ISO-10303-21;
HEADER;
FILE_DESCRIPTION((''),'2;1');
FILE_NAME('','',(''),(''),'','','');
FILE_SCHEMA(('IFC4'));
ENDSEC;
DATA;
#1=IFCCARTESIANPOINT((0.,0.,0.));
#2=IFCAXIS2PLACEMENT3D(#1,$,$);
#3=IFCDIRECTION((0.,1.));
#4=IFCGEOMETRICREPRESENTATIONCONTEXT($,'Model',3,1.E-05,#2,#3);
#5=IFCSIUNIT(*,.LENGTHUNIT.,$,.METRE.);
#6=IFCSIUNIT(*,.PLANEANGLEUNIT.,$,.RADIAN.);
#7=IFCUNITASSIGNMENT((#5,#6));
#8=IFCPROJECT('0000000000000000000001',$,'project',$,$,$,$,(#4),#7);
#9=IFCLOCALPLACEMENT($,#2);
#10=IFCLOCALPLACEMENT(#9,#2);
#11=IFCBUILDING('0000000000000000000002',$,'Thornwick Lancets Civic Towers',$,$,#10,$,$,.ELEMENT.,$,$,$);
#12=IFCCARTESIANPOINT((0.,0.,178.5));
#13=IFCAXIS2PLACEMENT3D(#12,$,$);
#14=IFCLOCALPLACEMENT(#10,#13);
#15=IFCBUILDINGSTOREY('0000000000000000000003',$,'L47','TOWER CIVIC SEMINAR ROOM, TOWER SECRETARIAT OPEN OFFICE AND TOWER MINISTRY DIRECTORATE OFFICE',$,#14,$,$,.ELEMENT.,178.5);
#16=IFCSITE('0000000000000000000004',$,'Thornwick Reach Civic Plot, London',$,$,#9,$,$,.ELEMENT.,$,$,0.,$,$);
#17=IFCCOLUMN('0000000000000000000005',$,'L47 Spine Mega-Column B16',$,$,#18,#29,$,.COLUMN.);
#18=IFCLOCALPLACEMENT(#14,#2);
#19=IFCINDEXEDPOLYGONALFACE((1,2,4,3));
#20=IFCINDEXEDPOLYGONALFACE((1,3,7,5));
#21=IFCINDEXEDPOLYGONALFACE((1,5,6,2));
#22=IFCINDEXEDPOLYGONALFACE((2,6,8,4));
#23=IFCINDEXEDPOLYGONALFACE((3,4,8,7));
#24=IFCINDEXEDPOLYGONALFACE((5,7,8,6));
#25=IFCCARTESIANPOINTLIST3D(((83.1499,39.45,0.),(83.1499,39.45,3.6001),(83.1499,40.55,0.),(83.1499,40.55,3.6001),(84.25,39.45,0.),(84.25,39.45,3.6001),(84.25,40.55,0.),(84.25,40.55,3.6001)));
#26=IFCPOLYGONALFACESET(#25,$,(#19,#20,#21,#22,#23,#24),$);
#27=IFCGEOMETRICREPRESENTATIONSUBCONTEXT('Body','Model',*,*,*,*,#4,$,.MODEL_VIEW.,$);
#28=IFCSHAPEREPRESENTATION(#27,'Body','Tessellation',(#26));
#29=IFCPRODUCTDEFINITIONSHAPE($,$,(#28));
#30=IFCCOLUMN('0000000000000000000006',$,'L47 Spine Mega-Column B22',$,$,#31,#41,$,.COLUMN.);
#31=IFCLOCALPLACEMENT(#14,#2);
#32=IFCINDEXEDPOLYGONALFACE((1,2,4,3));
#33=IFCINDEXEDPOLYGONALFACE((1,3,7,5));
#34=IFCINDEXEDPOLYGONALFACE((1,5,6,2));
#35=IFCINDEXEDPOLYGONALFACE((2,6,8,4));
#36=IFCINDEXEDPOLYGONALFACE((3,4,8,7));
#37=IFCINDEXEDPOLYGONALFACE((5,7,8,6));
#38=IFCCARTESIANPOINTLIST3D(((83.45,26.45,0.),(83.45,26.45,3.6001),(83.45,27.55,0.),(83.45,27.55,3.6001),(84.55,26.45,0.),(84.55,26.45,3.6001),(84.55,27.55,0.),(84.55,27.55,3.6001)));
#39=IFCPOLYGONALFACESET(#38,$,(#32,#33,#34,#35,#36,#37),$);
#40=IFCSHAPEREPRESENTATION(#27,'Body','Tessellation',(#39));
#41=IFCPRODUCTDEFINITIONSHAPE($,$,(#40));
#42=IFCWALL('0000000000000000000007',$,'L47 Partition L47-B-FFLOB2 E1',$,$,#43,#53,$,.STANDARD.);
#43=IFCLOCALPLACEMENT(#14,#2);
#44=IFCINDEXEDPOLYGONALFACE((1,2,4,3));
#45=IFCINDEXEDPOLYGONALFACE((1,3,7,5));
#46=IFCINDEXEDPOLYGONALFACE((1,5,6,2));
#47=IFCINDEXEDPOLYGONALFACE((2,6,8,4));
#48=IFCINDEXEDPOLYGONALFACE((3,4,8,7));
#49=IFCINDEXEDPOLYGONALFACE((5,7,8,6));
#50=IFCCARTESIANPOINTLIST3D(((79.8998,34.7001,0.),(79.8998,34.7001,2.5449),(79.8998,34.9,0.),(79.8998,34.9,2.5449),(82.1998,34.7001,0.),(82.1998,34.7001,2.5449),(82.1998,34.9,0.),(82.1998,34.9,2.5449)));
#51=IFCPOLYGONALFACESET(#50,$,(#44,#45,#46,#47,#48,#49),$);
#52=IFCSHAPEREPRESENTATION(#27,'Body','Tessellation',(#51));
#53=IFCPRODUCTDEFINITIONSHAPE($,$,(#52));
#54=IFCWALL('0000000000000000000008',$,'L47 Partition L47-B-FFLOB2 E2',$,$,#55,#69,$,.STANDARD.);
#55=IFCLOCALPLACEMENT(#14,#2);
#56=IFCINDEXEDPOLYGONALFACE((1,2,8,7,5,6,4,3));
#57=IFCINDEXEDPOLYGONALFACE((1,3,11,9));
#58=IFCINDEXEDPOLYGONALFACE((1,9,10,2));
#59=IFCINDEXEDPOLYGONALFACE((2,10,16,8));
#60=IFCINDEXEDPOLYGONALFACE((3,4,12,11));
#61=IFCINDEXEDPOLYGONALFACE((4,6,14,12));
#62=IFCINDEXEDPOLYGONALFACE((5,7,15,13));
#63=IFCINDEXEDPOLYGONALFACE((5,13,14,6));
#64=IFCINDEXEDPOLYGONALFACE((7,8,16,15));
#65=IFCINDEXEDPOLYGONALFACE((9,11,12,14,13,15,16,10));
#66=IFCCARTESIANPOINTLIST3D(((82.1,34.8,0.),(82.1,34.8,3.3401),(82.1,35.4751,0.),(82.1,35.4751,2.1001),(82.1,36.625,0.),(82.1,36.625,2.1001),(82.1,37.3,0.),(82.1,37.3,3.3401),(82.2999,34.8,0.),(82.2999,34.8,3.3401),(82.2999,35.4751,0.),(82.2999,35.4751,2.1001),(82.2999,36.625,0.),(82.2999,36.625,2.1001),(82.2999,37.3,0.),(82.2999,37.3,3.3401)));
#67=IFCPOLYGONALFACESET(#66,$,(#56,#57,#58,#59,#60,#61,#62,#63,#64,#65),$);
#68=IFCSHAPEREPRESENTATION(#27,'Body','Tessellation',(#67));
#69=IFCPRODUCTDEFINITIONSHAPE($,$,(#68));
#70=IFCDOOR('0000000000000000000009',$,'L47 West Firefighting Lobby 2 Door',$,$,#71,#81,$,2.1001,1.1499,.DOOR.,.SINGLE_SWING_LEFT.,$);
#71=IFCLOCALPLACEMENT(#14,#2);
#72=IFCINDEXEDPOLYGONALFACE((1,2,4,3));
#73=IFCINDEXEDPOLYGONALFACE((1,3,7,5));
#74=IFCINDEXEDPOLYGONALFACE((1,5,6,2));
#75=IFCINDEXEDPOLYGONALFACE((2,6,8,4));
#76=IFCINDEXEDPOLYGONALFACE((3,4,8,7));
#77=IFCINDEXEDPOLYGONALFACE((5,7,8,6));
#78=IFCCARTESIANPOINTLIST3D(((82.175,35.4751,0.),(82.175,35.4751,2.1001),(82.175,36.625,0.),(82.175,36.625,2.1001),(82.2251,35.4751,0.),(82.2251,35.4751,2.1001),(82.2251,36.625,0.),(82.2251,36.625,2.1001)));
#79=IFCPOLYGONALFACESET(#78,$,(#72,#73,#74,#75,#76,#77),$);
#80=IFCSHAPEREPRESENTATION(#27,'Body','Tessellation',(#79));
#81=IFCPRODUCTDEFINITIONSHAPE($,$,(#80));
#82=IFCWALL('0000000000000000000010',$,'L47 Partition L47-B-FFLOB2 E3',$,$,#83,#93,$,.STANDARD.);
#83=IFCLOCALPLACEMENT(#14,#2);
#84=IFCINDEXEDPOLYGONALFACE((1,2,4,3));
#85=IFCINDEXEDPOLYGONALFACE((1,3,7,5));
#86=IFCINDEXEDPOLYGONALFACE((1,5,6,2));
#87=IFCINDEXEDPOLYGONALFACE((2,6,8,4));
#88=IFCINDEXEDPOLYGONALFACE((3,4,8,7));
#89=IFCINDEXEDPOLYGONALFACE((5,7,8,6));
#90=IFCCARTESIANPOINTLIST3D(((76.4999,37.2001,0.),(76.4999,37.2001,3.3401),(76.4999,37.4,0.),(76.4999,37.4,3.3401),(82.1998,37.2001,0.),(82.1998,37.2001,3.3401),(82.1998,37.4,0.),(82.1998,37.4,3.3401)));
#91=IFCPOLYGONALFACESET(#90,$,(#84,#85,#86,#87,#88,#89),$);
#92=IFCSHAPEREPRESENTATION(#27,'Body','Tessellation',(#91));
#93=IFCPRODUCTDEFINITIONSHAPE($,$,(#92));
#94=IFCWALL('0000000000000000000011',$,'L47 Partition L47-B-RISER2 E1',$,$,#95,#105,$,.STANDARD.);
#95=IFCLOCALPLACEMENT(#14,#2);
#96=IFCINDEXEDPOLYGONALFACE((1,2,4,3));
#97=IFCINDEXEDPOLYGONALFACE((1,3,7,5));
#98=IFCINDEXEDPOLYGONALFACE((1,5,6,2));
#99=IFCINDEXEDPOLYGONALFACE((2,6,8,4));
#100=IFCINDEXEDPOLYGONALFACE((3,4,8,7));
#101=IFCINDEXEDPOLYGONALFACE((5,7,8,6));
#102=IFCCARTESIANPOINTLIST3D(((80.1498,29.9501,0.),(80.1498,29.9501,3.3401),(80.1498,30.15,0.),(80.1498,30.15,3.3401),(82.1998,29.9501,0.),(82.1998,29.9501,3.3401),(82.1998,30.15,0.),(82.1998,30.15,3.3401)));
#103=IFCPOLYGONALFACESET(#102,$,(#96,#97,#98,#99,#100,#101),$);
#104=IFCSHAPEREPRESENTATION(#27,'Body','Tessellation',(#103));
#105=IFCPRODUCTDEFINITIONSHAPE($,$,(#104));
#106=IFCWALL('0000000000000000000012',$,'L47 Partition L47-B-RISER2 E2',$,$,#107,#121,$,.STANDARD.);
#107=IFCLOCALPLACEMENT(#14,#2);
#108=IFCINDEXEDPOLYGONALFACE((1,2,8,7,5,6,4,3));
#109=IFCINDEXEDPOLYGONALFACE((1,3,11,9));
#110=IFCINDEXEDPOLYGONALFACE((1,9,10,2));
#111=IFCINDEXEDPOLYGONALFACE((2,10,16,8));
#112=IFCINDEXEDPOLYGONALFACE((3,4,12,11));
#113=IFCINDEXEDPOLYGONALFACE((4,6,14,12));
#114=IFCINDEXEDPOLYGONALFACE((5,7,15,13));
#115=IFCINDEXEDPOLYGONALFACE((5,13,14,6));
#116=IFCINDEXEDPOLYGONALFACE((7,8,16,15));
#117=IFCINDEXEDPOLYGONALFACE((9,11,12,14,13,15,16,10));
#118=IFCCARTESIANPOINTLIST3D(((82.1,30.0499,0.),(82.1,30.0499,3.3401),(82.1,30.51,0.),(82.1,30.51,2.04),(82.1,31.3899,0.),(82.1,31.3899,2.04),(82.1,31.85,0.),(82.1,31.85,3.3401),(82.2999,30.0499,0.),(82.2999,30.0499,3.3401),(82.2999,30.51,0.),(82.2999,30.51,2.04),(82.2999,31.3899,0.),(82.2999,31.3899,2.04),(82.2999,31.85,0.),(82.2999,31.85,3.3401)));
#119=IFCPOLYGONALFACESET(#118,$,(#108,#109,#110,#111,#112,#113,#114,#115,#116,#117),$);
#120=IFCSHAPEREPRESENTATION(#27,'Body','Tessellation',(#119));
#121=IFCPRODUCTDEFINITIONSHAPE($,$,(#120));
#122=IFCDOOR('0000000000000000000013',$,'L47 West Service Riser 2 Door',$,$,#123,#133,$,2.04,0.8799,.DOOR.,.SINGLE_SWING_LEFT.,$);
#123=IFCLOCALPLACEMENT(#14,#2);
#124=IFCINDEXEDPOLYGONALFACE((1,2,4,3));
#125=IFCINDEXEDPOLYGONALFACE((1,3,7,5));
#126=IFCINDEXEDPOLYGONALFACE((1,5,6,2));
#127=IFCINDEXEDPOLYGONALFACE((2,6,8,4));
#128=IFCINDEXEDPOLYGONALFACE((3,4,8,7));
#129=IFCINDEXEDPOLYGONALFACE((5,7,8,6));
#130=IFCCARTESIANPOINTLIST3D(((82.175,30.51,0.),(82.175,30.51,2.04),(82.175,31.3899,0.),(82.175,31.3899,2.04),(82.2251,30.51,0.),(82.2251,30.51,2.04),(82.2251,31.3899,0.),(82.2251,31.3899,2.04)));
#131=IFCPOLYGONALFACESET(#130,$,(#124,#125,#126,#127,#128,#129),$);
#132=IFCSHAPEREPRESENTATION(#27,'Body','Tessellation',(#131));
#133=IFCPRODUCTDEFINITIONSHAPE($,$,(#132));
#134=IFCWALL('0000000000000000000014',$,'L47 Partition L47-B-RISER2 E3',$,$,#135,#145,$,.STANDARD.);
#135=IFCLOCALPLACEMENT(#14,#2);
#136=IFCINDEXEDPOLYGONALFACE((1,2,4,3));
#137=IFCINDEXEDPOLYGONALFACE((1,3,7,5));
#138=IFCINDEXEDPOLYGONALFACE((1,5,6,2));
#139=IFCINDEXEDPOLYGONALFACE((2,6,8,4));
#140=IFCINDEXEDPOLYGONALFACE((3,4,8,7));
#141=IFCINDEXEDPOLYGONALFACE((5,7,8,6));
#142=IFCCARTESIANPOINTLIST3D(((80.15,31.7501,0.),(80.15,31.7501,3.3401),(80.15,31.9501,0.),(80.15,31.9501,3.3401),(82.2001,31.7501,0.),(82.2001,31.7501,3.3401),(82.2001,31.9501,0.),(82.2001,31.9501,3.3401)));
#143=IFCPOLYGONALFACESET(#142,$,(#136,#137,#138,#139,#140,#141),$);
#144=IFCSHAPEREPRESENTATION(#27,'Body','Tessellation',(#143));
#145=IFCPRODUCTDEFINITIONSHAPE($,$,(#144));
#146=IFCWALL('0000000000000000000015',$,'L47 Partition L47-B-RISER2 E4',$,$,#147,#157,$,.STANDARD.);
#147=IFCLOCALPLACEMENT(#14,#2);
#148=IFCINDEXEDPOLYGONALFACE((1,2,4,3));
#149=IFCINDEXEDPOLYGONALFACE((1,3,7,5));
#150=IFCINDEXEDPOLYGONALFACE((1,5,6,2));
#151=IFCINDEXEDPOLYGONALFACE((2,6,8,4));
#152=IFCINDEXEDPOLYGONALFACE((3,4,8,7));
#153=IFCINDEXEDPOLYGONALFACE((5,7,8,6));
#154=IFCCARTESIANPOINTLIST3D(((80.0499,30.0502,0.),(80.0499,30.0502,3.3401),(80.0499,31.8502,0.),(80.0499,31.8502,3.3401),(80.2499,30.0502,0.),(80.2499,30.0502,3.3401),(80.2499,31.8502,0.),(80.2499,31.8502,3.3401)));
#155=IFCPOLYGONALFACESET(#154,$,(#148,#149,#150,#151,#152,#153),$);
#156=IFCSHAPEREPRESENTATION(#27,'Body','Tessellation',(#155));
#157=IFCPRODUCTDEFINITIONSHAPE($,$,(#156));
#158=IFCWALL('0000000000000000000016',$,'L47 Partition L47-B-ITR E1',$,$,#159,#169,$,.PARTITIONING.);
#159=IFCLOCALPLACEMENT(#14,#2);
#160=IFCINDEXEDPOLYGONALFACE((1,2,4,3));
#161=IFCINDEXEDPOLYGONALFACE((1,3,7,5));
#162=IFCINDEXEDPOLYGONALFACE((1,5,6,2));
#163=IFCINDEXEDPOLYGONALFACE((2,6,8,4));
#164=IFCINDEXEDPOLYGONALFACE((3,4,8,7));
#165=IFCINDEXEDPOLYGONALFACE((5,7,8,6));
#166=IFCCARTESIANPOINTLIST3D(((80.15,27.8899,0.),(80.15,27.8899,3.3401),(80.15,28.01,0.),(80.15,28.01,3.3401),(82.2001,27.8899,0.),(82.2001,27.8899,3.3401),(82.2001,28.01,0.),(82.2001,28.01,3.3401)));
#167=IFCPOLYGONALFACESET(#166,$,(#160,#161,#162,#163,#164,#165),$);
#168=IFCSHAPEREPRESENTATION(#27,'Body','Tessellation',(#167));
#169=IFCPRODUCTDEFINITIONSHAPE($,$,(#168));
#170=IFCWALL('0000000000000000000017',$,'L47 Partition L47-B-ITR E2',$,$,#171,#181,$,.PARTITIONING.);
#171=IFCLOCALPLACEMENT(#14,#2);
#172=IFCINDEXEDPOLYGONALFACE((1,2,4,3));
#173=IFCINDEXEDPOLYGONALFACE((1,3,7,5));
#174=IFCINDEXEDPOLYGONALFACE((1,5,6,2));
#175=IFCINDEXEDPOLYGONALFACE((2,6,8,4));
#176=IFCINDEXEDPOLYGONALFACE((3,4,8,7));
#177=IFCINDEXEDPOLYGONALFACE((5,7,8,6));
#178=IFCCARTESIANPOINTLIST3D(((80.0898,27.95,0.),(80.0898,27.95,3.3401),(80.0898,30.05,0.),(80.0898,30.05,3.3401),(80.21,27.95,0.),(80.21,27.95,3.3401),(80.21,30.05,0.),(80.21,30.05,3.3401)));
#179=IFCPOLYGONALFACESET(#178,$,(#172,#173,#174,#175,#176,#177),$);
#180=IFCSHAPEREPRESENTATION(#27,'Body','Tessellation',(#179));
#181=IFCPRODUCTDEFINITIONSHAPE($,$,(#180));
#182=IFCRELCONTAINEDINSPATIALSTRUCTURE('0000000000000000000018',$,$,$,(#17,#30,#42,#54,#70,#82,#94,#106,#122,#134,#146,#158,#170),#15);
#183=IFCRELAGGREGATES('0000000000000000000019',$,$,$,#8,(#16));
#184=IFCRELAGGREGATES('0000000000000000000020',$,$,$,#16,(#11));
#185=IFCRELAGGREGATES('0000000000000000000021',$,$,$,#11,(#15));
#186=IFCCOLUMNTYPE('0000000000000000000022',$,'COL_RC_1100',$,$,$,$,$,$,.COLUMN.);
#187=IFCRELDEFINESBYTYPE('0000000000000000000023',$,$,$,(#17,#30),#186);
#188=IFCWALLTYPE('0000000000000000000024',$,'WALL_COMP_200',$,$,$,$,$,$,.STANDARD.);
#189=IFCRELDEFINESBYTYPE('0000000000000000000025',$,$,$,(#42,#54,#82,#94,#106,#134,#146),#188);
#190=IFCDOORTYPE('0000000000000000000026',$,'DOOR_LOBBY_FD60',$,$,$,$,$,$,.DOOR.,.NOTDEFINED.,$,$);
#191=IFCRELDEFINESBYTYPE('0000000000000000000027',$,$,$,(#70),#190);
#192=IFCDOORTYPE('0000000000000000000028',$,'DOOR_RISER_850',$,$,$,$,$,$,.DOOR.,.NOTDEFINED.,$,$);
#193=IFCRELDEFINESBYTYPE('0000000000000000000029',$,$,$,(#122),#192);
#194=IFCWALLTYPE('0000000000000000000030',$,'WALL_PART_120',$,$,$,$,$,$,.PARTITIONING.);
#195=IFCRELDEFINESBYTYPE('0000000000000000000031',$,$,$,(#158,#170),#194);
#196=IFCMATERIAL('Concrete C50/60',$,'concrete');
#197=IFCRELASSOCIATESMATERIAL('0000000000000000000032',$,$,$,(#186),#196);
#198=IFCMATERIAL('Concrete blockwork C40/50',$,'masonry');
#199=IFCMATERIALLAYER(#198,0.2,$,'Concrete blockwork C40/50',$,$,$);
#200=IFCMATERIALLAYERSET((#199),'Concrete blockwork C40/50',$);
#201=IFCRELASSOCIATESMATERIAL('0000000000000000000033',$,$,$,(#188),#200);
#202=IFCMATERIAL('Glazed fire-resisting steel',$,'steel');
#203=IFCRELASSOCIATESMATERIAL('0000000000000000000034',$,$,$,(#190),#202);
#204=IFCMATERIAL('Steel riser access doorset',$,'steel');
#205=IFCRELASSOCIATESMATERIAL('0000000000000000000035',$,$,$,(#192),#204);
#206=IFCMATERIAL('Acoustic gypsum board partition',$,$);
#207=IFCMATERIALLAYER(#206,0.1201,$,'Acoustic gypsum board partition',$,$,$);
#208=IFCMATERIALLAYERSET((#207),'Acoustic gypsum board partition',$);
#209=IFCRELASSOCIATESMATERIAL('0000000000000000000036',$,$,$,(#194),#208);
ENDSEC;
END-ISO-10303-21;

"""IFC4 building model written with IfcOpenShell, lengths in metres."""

from ifc_helpers import new_model, si_unit, direction, frame, frame_2d, origin, origin_2d, place, context, subcontext, project, spatial, rectangle, extrude, material, layer, layer_set, material_profile, profile_set, type_object, element, fill, save


model = new_model("IFC4")

# Units and contexts
model_context = context("Model", 3, precision=1e-05, world=origin(), true_north=direction((0.0, 1.0)))
body_context = subcontext(model_context, "Body", "Model", "MODEL_VIEW")
ifc_project = project(units=[si_unit("LENGTHUNIT", "METRE"), si_unit("PLANEANGLEUNIT", "RADIAN")], contexts=[model_context])

# Site, building, storey
site_placement = place(None, origin())
site = spatial("IfcSite", under=ifc_project, at=site_placement, Name="Thornwick Reach Civic Plot, London", CompositionType="ELEMENT", RefElevation=0.0)
building_placement = place(site_placement, origin())
building = spatial("IfcBuilding", under=site, at=building_placement, Name="Thornwick Lancets Civic Towers", CompositionType="ELEMENT")
storey_placement = place(building_placement, frame((0.0, 0.0, 178.5)))
storey = spatial("IfcBuildingStorey", under=building, at=storey_placement, Name="L47", Description="TOWER CIVIC SEMINAR ROOM, TOWER SECRETARIAT OPEN OFFICE AND TOWER MINISTRY DIRECTORATE OFFICE", CompositionType="ELEMENT", Elevation=178.5)

# Columns
ifc_material_1 = material(Name="Concrete C50/60", Category="concrete")
ifc_material_profile = material_profile(ifc_material_1, rectangle(XDim=1.1001, YDim=1.1001, at=origin_2d()), Name="RC 1100x1100")
ifc_profile_set = profile_set([ifc_material_profile], Name="Concrete C50/60")
column_type = type_object("IfcColumnType", Name="COL_RC_1100", PredefinedType="COLUMN", material=ifc_profile_set)
for number, where, z_axis, x_axis, name in (
    (1, (83.7, 40.0, 0.0), (0.0, 0.0, 1.0), (1.0, 0.0, 0.0), "L47 Spine Mega-Column B16"),
    (2, (84.0, 27.0, 0.0), (0.0, 0.0, 1.0), (1.0, 0.0, 0.0), "L47 Spine Mega-Column B22"),
):
    element("IfcColumn", number, at=place(storey_placement, frame(where, z_axis=z_axis, x_axis=x_axis)), inside=storey, type_object=column_type, Name=name, PredefinedType="COLUMN", context=body_context, shape_type="SweptSolid", body=[
        extrude(rectangle(XDim=1.1001, YDim=1.1001, at=origin_2d()), origin(), (0.0, 0.0, 1.0), 3.6001),
    ])

# Wall
ifc_material_2 = material(Name="Concrete blockwork C40/50", Category="masonry")
ifc_layer_1 = layer(ifc_material_2, 0.2, Name="Concrete blockwork C40/50")
ifc_layer_set_1 = layer_set([ifc_layer_1], Name="Concrete blockwork C40/50")
wall_type_1 = type_object("IfcWallType", Name="WALL_COMP_200", PredefinedType="STANDARD", material=ifc_layer_set_1)
wall_1_placement = place(storey_placement, frame((79.8999, 34.8, 0.0), z_axis=(0.0, 0.0, 1.0), x_axis=(1.0, 0.0, 0.0)))
element("IfcWall", 3, at=wall_1_placement, inside=storey, type_object=wall_type_1, Name="L47 Partition L47-B-FFLOB2 E1", PredefinedType="STANDARD", context=body_context, shape_type="SweptSolid", body=[
    extrude(rectangle(XDim=2.3, YDim=0.2, at=frame_2d((1.1499, 0.0))), origin(), (0.0, 0.0, 1.0), 2.5449),
])

# Wall, opening, door
wall_2_placement = place(storey_placement, frame((82.2, 34.8, 0.0), z_axis=(0.0, 0.0, 1.0), x_axis=(0.0, 1.0, 0.0)))
wall_2 = element("IfcWall", 4, at=wall_2_placement, inside=storey, type_object=wall_type_1, Name="L47 Partition L47-B-FFLOB2 E2", PredefinedType="STANDARD", context=body_context, shape_type="SweptSolid", body=[
    extrude(rectangle(XDim=2.5, YDim=0.2, at=frame_2d((1.25, 0.0))), origin(), (0.0, 0.0, 1.0), 3.3401),
])
opening_1_placement = place(wall_2_placement, frame((0.675, 0.0, 0.0)))
opening_1 = element("IfcOpeningElement", 5, at=opening_1_placement, cuts=wall_2, PredefinedType="OPENING", context=body_context, shape_type="SweptSolid", body=[
    extrude(rectangle(XDim=1.1499, YDim=2.1001, at=frame_2d((0.575, 1.05))), frame((0.0, 0.1099, 0.0), z_axis=(0.0, -1.0, 0.0), x_axis=(1.0, 0.0, 0.0)), (0.0, 0.0, 1.0), 0.22),
])
ifc_material_3 = material(Name="Glazed fire-resisting steel", Category="steel")
door_type_1 = type_object("IfcDoorType", Name="DOOR_LOBBY_FD60", OperationType="NOTDEFINED", PredefinedType="DOOR", material=ifc_material_3)
door_1_placement = place(opening_1_placement, origin())
door_1 = element("IfcDoor", 6, at=door_1_placement, inside=storey, type_object=door_type_1, Name="L47 West Firefighting Lobby 2 Door", OperationType="SINGLE_SWING_LEFT", OverallHeight=2.1001, OverallWidth=1.1499, PredefinedType="DOOR", context=body_context, shape_type="SweptSolid", body=[
    extrude(rectangle(XDim=1.1499, YDim=2.1001, at=frame_2d((0.575, 1.05))), frame((0.0, 0.0249, 0.0), z_axis=(0.0, -1.0, 0.0), x_axis=(1.0, 0.0, 0.0)), (0.0, 0.0, 1.0), 0.05),
])
fill(opening_1, door_1)

# Walls
wall_3_placement = place(storey_placement, frame((82.2, 37.3, 0.0), z_axis=(0.0, 0.0, 1.0), x_axis=(-1.0, 0.0, 0.0)))
element("IfcWall", 7, at=wall_3_placement, inside=storey, type_object=wall_type_1, Name="L47 Partition L47-B-FFLOB2 E3", PredefinedType="STANDARD", context=body_context, shape_type="SweptSolid", body=[
    extrude(rectangle(XDim=5.7, YDim=0.2, at=frame_2d((2.8501, 0.0))), origin(), (0.0, 0.0, 1.0), 3.3401),
])
wall_4_placement = place(storey_placement, frame((80.1499, 30.05, 0.0), z_axis=(0.0, 0.0, 1.0), x_axis=(1.0, 0.0, 0.0)))
element("IfcWall", 8, at=wall_4_placement, inside=storey, type_object=wall_type_1, Name="L47 Partition L47-B-RISER2 E1", PredefinedType="STANDARD", context=body_context, shape_type="SweptSolid", body=[
    extrude(rectangle(XDim=2.05, YDim=0.2, at=frame_2d((1.0249, 0.0))), origin(), (0.0, 0.0, 1.0), 3.3401),
])

# Wall, opening, door
wall_5_placement = place(storey_placement, frame((82.2, 30.05, 0.0), z_axis=(0.0, 0.0, 1.0), x_axis=(0.0, 1.0, 0.0)))
wall_5 = element("IfcWall", 9, at=wall_5_placement, inside=storey, type_object=wall_type_1, Name="L47 Partition L47-B-RISER2 E2", PredefinedType="STANDARD", context=body_context, shape_type="SweptSolid", body=[
    extrude(rectangle(XDim=1.8, YDim=0.2, at=frame_2d((0.8999, 0.0))), origin(), (0.0, 0.0, 1.0), 3.3401),
])
opening_2_placement = place(wall_5_placement, frame((0.46, 0.0, 0.0)))
opening_2 = element("IfcOpeningElement", 10, at=opening_2_placement, cuts=wall_5, PredefinedType="OPENING", context=body_context, shape_type="SweptSolid", body=[
    extrude(rectangle(XDim=0.8799, YDim=2.04, at=frame_2d((0.4399, 1.02))), frame((0.0, 0.1099, 0.0), z_axis=(0.0, -1.0, 0.0), x_axis=(1.0, 0.0, 0.0)), (0.0, 0.0, 1.0), 0.22),
])
ifc_material_4 = material(Name="Steel riser access doorset", Category="steel")
door_type_2 = type_object("IfcDoorType", Name="DOOR_RISER_850", OperationType="NOTDEFINED", PredefinedType="DOOR", material=ifc_material_4)
door_2_placement = place(opening_2_placement, origin())
door_2 = element("IfcDoor", 11, at=door_2_placement, inside=storey, type_object=door_type_2, Name="L47 West Service Riser 2 Door", OperationType="SINGLE_SWING_LEFT", OverallHeight=2.04, OverallWidth=0.8799, PredefinedType="DOOR", context=body_context, shape_type="SweptSolid", body=[
    extrude(rectangle(XDim=0.8799, YDim=2.04, at=frame_2d((0.4399, 1.02))), frame((0.0, 0.0249, 0.0), z_axis=(0.0, -1.0, 0.0), x_axis=(1.0, 0.0, 0.0)), (0.0, 0.0, 1.0), 0.05),
])
fill(opening_2, door_2)

# Walls
wall_6_placement = place(storey_placement, frame((82.2, 31.8501, 0.0), z_axis=(0.0, 0.0, 1.0), x_axis=(-1.0, 0.0, 0.0)))
element("IfcWall", 12, at=wall_6_placement, inside=storey, type_object=wall_type_1, Name="L47 Partition L47-B-RISER2 E3", PredefinedType="STANDARD", context=body_context, shape_type="SweptSolid", body=[
    extrude(rectangle(XDim=2.05, YDim=0.2, at=frame_2d((1.0249, 0.0))), origin(), (0.0, 0.0, 1.0), 3.3401),
])
wall_7_placement = place(storey_placement, frame((80.1499, 31.8501, 0.0), z_axis=(0.0, 0.0, 1.0), x_axis=(0.0, -1.0, 0.0)))
element("IfcWall", 13, at=wall_7_placement, inside=storey, type_object=wall_type_1, Name="L47 Partition L47-B-RISER2 E4", PredefinedType="STANDARD", context=body_context, shape_type="SweptSolid", body=[
    extrude(rectangle(XDim=1.8, YDim=0.2, at=frame_2d((0.8999, 0.0))), origin(), (0.0, 0.0, 1.0), 3.3401),
])
ifc_material_5 = material(Name="Acoustic gypsum board partition")
ifc_layer_2 = layer(ifc_material_5, 0.1201, Name="Acoustic gypsum board partition")
ifc_layer_set_2 = layer_set([ifc_layer_2], Name="Acoustic gypsum board partition")
wall_type_2 = type_object("IfcWallType", Name="WALL_PART_120", PredefinedType="PARTITIONING", material=ifc_layer_set_2)
wall_8_placement = place(storey_placement, frame((82.2, 27.95, 0.0), z_axis=(0.0, 0.0, 1.0), x_axis=(-1.0, 0.0, 0.0)))
element("IfcWall", 14, at=wall_8_placement, inside=storey, type_object=wall_type_2, Name="L47 Partition L47-B-ITR E1", PredefinedType="PARTITIONING", context=body_context, shape_type="SweptSolid", body=[
    extrude(rectangle(XDim=2.05, YDim=0.1201, at=frame_2d((1.0249, 0.0))), origin(), (0.0, 0.0, 1.0), 3.3401),
])
wall_9_placement = place(storey_placement, frame((80.1499, 27.95, 0.0), z_axis=(0.0, 0.0, 1.0), x_axis=(0.0, 1.0, 0.0)))
element("IfcWall", 15, at=wall_9_placement, inside=storey, type_object=wall_type_2, Name="L47 Partition L47-B-ITR E2", PredefinedType="PARTITIONING", context=body_context, shape_type="SweptSolid", body=[
    extrude(rectangle(XDim=2.1001, YDim=0.1201, at=frame_2d((1.05, 0.0))), origin(), (0.0, 0.0, 1.0), 3.3401),
])

save(model, "model.ifc")
